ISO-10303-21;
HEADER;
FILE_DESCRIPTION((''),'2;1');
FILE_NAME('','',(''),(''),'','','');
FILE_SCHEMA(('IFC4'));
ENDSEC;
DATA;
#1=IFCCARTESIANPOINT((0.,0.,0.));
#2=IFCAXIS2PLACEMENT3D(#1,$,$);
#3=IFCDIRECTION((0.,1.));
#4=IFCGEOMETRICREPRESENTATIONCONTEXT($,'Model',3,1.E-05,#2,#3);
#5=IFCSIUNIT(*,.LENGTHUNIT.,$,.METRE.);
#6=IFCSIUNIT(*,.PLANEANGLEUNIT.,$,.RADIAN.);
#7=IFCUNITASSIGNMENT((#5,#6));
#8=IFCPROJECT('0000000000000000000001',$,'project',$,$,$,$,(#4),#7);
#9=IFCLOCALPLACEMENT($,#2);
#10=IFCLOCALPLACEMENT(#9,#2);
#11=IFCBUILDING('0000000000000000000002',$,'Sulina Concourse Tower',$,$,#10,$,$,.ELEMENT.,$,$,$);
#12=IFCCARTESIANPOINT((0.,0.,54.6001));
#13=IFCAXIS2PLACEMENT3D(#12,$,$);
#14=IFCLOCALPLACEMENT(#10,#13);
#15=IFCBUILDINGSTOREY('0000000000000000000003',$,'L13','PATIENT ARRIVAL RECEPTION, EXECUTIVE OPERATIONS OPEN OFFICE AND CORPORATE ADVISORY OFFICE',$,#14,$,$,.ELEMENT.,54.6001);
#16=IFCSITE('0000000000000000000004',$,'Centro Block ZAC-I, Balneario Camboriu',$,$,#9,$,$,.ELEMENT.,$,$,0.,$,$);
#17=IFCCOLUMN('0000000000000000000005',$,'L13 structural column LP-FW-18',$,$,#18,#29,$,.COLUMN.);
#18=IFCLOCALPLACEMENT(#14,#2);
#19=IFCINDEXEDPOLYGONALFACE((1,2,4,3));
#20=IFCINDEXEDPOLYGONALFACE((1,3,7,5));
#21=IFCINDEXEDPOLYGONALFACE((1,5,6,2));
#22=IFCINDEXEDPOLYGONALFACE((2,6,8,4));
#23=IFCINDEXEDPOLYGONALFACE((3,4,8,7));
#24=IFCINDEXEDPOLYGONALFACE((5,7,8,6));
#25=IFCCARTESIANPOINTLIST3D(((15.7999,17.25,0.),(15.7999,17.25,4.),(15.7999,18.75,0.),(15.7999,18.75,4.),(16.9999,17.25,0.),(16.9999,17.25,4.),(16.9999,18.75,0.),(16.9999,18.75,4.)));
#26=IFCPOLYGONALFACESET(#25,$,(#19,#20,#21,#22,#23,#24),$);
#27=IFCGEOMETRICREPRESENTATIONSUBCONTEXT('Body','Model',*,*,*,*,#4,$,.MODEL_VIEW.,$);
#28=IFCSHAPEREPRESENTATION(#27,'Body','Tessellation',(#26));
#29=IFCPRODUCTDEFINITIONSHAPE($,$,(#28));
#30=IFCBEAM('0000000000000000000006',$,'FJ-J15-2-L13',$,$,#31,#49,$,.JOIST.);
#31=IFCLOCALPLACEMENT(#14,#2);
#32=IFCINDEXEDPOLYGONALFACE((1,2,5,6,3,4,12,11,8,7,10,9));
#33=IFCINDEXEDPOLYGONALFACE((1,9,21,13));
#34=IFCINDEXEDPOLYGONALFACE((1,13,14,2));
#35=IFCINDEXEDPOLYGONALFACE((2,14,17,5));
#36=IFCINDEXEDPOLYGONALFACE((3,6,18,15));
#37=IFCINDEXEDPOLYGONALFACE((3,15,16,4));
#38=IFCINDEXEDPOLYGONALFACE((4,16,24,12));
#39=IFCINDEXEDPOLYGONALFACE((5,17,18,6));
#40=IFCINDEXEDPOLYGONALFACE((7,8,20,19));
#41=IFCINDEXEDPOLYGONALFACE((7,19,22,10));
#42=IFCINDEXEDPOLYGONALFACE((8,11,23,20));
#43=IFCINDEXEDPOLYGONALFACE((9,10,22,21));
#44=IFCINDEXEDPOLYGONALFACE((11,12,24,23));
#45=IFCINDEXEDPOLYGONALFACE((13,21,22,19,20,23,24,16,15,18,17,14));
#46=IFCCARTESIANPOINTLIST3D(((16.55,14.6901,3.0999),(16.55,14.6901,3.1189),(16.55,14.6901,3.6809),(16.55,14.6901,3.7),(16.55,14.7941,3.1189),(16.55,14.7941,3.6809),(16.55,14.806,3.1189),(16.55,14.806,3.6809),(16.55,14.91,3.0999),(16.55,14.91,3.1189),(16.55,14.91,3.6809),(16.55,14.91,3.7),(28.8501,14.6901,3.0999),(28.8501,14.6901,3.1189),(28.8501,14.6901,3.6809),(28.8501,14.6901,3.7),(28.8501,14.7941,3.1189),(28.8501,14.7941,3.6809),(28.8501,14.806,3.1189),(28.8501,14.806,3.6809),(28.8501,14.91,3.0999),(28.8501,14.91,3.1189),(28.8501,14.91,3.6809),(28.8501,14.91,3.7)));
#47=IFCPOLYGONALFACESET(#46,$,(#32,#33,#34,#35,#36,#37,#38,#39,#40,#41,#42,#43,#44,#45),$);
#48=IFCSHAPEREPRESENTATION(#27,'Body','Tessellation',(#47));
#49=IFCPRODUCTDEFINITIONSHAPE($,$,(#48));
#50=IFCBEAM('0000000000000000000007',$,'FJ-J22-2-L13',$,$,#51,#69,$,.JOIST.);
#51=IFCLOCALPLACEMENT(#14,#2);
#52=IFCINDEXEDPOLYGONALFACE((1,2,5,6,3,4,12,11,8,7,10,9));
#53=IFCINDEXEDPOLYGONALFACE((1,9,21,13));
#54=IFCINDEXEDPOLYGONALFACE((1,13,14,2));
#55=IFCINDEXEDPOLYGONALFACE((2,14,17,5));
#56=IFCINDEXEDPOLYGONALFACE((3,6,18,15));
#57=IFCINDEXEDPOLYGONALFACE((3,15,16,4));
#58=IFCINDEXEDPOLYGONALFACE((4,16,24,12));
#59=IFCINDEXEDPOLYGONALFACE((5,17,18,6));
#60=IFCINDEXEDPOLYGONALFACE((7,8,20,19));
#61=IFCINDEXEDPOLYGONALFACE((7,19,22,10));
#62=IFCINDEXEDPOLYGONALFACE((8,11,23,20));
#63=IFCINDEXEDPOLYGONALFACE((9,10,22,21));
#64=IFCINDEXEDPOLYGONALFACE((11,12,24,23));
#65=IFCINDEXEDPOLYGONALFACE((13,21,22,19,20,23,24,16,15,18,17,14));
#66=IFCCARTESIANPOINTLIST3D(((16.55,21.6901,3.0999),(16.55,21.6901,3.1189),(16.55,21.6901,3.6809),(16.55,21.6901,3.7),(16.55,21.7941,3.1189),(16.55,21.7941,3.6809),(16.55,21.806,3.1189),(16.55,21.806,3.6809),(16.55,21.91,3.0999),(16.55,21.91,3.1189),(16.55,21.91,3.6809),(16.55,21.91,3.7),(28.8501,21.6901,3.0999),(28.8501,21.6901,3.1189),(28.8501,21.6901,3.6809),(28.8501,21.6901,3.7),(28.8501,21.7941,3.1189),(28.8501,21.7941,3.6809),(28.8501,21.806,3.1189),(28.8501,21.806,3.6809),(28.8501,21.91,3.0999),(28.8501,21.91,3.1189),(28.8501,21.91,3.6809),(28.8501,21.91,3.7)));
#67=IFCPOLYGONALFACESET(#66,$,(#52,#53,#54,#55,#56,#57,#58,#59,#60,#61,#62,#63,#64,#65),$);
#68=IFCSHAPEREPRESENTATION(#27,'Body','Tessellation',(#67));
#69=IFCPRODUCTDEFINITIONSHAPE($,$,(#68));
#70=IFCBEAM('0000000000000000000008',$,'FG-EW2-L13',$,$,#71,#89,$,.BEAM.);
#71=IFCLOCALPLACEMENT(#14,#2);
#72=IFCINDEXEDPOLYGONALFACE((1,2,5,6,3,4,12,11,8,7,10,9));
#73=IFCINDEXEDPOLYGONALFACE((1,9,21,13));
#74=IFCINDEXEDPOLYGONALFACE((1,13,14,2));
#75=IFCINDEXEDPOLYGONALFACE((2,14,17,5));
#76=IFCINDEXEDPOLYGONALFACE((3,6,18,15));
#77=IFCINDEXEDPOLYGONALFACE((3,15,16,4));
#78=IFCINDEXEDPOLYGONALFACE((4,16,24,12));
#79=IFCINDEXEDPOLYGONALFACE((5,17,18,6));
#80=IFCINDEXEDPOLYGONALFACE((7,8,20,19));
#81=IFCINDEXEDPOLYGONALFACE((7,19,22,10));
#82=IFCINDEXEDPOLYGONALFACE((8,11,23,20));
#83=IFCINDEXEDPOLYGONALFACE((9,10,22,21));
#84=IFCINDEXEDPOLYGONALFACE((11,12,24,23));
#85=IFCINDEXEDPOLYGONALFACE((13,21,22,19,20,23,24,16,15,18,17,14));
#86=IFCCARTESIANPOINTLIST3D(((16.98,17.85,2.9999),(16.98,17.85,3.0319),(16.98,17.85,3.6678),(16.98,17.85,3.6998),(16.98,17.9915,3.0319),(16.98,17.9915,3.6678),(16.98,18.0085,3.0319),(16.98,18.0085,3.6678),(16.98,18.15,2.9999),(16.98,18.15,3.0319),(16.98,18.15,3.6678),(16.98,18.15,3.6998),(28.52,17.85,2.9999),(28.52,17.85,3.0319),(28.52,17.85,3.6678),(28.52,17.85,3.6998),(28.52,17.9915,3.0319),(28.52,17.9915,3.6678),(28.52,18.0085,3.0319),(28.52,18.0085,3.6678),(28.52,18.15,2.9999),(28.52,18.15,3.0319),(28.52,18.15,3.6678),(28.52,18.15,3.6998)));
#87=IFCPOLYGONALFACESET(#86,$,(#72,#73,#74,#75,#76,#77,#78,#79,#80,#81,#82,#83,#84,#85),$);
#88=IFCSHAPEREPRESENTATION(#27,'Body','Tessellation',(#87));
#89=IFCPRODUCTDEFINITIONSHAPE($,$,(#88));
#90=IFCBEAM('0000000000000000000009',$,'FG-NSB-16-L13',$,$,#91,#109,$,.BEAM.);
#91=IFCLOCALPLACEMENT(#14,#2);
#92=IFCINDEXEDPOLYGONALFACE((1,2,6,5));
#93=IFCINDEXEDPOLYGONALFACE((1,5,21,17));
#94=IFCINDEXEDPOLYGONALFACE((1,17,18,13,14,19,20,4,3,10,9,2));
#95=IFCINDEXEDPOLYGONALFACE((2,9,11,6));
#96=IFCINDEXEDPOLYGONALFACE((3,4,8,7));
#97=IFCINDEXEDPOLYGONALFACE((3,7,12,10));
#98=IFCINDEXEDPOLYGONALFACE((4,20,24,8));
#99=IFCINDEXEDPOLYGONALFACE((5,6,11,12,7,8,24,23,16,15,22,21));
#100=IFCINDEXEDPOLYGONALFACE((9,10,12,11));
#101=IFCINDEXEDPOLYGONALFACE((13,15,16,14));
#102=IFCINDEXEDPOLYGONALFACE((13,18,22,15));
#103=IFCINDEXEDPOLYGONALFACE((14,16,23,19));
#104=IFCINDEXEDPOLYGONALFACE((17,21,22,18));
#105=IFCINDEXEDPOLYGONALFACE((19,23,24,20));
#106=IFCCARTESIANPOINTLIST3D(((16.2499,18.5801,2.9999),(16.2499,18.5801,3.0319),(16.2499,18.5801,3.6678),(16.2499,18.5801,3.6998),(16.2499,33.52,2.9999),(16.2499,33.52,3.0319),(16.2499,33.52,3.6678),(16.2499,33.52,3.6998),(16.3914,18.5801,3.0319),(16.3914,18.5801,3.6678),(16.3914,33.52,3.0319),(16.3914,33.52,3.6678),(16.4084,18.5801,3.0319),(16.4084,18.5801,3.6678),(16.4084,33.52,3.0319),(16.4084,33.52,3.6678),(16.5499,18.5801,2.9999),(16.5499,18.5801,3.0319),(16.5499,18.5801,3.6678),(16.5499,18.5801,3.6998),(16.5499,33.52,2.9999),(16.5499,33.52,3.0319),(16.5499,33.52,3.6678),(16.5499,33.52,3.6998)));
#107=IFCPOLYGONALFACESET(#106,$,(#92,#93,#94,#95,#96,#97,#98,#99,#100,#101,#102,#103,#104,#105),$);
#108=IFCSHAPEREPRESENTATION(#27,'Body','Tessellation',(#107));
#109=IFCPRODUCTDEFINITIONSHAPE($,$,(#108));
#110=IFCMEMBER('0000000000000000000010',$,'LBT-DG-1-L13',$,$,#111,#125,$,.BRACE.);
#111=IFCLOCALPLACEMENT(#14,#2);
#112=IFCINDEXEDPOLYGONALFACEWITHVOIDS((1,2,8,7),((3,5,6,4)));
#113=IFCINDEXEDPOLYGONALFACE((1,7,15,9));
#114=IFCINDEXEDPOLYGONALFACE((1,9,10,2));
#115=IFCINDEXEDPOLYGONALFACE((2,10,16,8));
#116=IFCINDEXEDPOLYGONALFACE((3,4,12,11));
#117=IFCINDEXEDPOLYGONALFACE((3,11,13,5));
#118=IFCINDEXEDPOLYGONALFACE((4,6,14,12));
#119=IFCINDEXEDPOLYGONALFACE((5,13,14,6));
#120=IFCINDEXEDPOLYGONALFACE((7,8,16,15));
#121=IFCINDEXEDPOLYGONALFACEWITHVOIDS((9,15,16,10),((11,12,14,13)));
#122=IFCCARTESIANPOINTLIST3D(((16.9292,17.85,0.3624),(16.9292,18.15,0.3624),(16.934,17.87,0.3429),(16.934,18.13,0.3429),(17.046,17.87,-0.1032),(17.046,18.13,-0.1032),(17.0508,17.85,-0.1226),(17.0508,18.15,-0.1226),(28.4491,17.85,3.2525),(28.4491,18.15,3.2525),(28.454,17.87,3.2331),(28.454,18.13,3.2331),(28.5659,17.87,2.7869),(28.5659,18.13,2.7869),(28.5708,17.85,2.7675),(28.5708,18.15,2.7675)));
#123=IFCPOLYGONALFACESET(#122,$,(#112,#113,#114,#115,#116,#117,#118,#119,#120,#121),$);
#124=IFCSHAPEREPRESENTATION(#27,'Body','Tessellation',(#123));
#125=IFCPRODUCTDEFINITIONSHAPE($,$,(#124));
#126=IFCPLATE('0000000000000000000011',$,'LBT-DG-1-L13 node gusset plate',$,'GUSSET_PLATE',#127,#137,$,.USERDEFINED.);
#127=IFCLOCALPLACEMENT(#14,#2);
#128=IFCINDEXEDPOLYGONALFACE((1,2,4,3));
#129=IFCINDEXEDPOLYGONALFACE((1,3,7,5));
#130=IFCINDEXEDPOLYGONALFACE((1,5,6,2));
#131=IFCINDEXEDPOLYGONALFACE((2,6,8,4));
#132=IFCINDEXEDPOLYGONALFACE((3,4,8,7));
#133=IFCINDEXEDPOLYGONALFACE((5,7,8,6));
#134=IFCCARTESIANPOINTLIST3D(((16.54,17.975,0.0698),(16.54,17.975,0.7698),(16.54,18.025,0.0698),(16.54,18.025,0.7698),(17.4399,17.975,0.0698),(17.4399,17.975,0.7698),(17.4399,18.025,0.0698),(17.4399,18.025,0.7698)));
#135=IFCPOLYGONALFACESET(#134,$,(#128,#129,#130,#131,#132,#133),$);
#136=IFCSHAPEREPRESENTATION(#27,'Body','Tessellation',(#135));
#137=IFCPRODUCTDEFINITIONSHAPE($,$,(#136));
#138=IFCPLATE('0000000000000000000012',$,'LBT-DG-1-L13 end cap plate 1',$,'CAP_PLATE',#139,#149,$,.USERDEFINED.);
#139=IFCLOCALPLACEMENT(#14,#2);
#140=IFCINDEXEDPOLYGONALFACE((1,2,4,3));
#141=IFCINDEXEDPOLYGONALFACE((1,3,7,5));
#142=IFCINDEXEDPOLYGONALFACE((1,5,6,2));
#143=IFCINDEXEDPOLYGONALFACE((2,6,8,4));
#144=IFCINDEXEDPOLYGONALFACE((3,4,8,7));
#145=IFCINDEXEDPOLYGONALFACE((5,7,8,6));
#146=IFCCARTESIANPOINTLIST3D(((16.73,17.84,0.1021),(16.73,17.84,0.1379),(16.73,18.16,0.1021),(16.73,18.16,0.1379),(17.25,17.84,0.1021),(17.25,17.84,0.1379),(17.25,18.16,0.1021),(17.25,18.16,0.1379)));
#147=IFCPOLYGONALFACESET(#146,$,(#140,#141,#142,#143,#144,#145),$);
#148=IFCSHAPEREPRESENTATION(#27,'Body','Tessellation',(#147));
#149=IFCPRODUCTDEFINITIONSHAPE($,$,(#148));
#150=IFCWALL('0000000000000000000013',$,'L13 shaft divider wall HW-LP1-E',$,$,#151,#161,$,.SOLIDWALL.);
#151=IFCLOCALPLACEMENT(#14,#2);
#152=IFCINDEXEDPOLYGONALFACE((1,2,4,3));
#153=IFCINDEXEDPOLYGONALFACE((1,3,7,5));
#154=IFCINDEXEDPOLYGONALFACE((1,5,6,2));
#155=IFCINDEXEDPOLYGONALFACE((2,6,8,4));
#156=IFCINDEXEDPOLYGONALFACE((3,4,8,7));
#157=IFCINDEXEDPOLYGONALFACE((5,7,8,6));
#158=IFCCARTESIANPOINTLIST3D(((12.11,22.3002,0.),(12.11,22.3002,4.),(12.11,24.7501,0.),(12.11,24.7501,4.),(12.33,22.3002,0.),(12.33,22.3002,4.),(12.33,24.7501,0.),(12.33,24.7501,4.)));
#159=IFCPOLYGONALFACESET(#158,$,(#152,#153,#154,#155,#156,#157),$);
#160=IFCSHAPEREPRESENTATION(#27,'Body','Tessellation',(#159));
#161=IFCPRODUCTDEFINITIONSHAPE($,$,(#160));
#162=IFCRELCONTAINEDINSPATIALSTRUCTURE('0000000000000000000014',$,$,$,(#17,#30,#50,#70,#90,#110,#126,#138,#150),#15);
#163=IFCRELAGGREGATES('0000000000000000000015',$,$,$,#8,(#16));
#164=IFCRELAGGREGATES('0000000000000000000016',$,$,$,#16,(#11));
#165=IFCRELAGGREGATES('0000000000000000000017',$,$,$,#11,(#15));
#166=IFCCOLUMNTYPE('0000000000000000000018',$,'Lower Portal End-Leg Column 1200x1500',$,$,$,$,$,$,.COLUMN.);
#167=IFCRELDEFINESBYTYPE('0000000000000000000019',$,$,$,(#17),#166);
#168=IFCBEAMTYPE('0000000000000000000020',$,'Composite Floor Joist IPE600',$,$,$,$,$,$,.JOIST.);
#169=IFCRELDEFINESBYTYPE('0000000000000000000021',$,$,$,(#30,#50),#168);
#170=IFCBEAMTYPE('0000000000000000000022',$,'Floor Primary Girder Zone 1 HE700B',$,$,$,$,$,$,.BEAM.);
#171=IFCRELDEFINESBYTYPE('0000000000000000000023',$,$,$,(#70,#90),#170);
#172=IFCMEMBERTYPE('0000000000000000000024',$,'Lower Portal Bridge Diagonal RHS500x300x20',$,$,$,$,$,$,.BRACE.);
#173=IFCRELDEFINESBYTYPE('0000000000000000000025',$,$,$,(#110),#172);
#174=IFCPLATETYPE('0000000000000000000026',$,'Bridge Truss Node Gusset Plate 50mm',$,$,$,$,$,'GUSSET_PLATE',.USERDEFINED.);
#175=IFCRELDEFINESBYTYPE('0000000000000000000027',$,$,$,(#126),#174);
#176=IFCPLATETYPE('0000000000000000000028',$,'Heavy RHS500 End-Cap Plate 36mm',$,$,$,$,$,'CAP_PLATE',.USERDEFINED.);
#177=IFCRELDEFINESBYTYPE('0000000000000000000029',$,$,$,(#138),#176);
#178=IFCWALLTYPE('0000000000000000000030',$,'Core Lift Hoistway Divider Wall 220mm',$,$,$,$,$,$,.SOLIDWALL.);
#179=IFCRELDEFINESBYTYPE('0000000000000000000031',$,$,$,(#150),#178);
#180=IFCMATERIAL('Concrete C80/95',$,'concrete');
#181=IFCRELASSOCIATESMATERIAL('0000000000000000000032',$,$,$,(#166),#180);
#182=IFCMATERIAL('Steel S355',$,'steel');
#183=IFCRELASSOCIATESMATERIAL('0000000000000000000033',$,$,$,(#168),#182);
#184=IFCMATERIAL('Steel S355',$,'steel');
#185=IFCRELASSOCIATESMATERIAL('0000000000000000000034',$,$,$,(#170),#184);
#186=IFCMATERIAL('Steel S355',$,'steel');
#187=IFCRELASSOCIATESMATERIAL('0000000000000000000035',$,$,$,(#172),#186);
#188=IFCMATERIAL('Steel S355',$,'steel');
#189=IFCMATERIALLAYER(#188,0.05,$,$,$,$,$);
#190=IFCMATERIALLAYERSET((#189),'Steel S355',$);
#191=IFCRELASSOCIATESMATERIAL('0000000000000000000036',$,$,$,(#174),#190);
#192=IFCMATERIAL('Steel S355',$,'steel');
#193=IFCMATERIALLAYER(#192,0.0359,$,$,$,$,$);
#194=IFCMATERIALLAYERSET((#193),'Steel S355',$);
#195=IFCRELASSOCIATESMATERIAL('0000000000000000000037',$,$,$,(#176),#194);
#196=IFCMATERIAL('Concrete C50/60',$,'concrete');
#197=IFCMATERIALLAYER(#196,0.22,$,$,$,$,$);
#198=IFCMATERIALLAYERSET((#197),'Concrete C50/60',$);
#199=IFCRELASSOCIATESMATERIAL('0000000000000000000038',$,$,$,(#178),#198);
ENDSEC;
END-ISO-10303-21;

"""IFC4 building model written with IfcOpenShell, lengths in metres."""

from ifc_helpers import new_model, si_unit, direction, frame, frame_2d, origin, origin_2d, place, context, subcontext, project, spatial, rectangle, hollow_rectangle, i_section, extrude, material, layer, layer_set, material_profile, profile_set, type_object, element, save


model = new_model("IFC4")

# Units and contexts
model_context = context("Model", 3, precision=1e-05, world=origin(), true_north=direction((0.0, 1.0)))
body_context = subcontext(model_context, "Body", "Model", "MODEL_VIEW")
ifc_project = project(units=[si_unit("LENGTHUNIT", "METRE"), si_unit("PLANEANGLEUNIT", "RADIAN")], contexts=[model_context])

# Site, building, storey
site_placement = place(None, origin())
site = spatial("IfcSite", under=ifc_project, at=site_placement, Name="Centro Block ZAC-I, Balneario Camboriu", CompositionType="ELEMENT", RefElevation=0.0)
building_placement = place(site_placement, origin())
building = spatial("IfcBuilding", under=site, at=building_placement, Name="Sulina Concourse Tower", CompositionType="ELEMENT")
storey_placement = place(building_placement, frame((0.0, 0.0, 54.6001)))
storey = spatial("IfcBuildingStorey", under=building, at=storey_placement, Name="L13", Description="PATIENT ARRIVAL RECEPTION, EXECUTIVE OPERATIONS OPEN OFFICE AND CORPORATE ADVISORY OFFICE", CompositionType="ELEMENT", Elevation=54.6001)

# Column
ifc_material_1 = material(Name="Concrete C80/95", Category="concrete")
ifc_material_profile_1 = material_profile(ifc_material_1, rectangle(XDim=1.2, YDim=1.5, at=origin_2d()), Name="RC 1200x1500")
ifc_profile_set_1 = profile_set([ifc_material_profile_1], Name="Concrete C80/95")
column_type = type_object("IfcColumnType", Name="Lower Portal End-Leg Column 1200x1500", PredefinedType="COLUMN", material=ifc_profile_set_1)
column_placement = place(storey_placement, frame((16.3999, 18.0, 0.0), z_axis=(0.0, 0.0, 1.0), x_axis=(1.0, 0.0, 0.0)))
element("IfcColumn", 1, at=column_placement, inside=storey, type_object=column_type, Name="L13 structural column LP-FW-18", PredefinedType="COLUMN", context=body_context, shape_type="SweptSolid", body=[
    extrude(rectangle(XDim=1.2, YDim=1.5, at=origin_2d()), origin(), (0.0, 0.0, 1.0), 4.0),
])

# Beams
ifc_material_2 = material(Name="Steel S355", Category="steel")
ifc_material_profile_2 = material_profile(ifc_material_2, i_section(OverallWidth=0.22, OverallDepth=0.6001, WebThickness=0.012, FlangeThickness=0.019, at=origin_2d()), Name="IPE 600")
ifc_profile_set_2 = profile_set([ifc_material_profile_2], Name="Steel S355")
beam_type_1 = type_object("IfcBeamType", Name="Composite Floor Joist IPE600", PredefinedType="JOIST", material=ifc_profile_set_2)
for number, where, z_axis, x_axis, name in (
    (2, (16.55, 14.8, 3.3999), (1.0, 0.0, 0.0), (0.0, 1.0, 0.0), "FJ-J15-2-L13"),
    (3, (16.55, 21.8, 3.3999), (1.0, 0.0, 0.0), (0.0, 1.0, 0.0), "FJ-J22-2-L13"),
):
    element("IfcBeam", number, at=place(storey_placement, frame(where, z_axis=z_axis, x_axis=x_axis)), inside=storey, type_object=beam_type_1, Name=name, PredefinedType="JOIST", context=body_context, shape_type="SweptSolid", body=[
        extrude(i_section(OverallWidth=0.22, OverallDepth=0.6001, WebThickness=0.012, FlangeThickness=0.019, at=origin_2d()), origin(), (0.0, 0.0, 1.0), 12.3),
    ])
ifc_material_3 = material(Name="Steel S355", Category="steel")
ifc_material_profile_3 = material_profile(ifc_material_3, i_section(OverallWidth=0.3, OverallDepth=0.7, WebThickness=0.0171, FlangeThickness=0.032, at=origin_2d()), Name="HE 700 B")
ifc_profile_set_3 = profile_set([ifc_material_profile_3], Name="Steel S355")
beam_type_2 = type_object("IfcBeamType", Name="Floor Primary Girder Zone 1 HE700B", PredefinedType="BEAM", material=ifc_profile_set_3)
beam_1_placement = place(storey_placement, frame((16.98, 18.0, 3.3499), z_axis=(1.0, 0.0, 0.0), x_axis=(0.0, 1.0, 0.0)))
element("IfcBeam", 4, at=beam_1_placement, inside=storey, type_object=beam_type_2, Name="FG-EW2-L13", PredefinedType="BEAM", context=body_context, shape_type="SweptSolid", body=[
    extrude(i_section(OverallWidth=0.3, OverallDepth=0.7, WebThickness=0.0171, FlangeThickness=0.032, at=origin_2d()), origin(), (0.0, 0.0, 1.0), 11.54),
])
beam_2_placement = place(storey_placement, frame((16.3999, 18.5801, 3.3499), z_axis=(0.0, 1.0, 0.0), x_axis=(-1.0, 0.0, 0.0)))
element("IfcBeam", 5, at=beam_2_placement, inside=storey, type_object=beam_type_2, Name="FG-NSB-16-L13", PredefinedType="BEAM", context=body_context, shape_type="SweptSolid", body=[
    extrude(i_section(OverallWidth=0.3, OverallDepth=0.7, WebThickness=0.0171, FlangeThickness=0.032, at=origin_2d()), origin(), (0.0, 0.0, 1.0), 14.9399),
])

# Member
ifc_material_4 = material(Name="Steel S355", Category="steel")
ifc_material_profile_4 = material_profile(ifc_material_4, hollow_rectangle(XDim=0.3, YDim=0.5, WallThickness=0.02, at=origin_2d()), Name="RHS 500x300x20")
ifc_profile_set_4 = profile_set([ifc_material_profile_4], Name="Steel S355")
member_type = type_object("IfcMemberType", Name="Lower Portal Bridge Diagonal RHS500x300x20", PredefinedType="BRACE", material=ifc_profile_set_4)
member_placement = place(storey_placement, frame((16.99, 18.0, 0.1199), z_axis=(0.969941, 0.0, 0.243338), x_axis=(0.0, 1.0, 0.0)))
element("IfcMember", 6, at=member_placement, inside=storey, type_object=member_type, Name="LBT-DG-1-L13", PredefinedType="BRACE", context=body_context, shape_type="SweptSolid", body=[
    extrude(hollow_rectangle(XDim=0.3, YDim=0.5, WallThickness=0.02, at=origin_2d()), origin(), (0.0, 0.0, 1.0), 11.877),
])

# Plates
ifc_material_5 = material(Name="Steel S355", Category="steel")
ifc_layer_1 = layer(ifc_material_5, 0.05)
ifc_layer_set_1 = layer_set([ifc_layer_1], Name="Steel S355")
plate_type_1 = type_object("IfcPlateType", Name="Bridge Truss Node Gusset Plate 50mm", ElementType="GUSSET_PLATE", PredefinedType="USERDEFINED", material=ifc_layer_set_1)
plate_1_placement = place(storey_placement, frame((16.99, 18.0, 0.0698), z_axis=(0.0, 0.0, 1.0), x_axis=(1.0, 0.0, 0.0)))
element("IfcPlate", 7, at=plate_1_placement, inside=storey, type_object=plate_type_1, Name="LBT-DG-1-L13 node gusset plate", ObjectType="GUSSET_PLATE", PredefinedType="USERDEFINED", context=body_context, shape_type="SweptSolid", body=[
    extrude(rectangle(XDim=0.8999, YDim=0.05, at=origin_2d()), origin(), (0.0, 0.0, 1.0), 0.7),
])
ifc_material_6 = material(Name="Steel S355", Category="steel")
ifc_layer_2 = layer(ifc_material_6, 0.0359)
ifc_layer_set_2 = layer_set([ifc_layer_2], Name="Steel S355")
plate_type_2 = type_object("IfcPlateType", Name="Heavy RHS500 End-Cap Plate 36mm", ElementType="CAP_PLATE", PredefinedType="USERDEFINED", material=ifc_layer_set_2)
plate_2_placement = place(storey_placement, frame((16.99, 18.0, 0.1021), z_axis=(0.0, 0.0, 1.0), x_axis=(1.0, 0.0, 0.0)))
element("IfcPlate", 8, at=plate_2_placement, inside=storey, type_object=plate_type_2, Name="LBT-DG-1-L13 end cap plate 1", ObjectType="CAP_PLATE", PredefinedType="USERDEFINED", context=body_context, shape_type="SweptSolid", body=[
    extrude(rectangle(XDim=0.52, YDim=0.3201, at=origin_2d()), origin(), (0.0, 0.0, 1.0), 0.0359),
])

# Wall
ifc_material_7 = material(Name="Concrete C50/60", Category="concrete")
ifc_layer_3 = layer(ifc_material_7, 0.22)
ifc_layer_set_3 = layer_set([ifc_layer_3], Name="Concrete C50/60")
wall_type_1 = type_object("IfcWallType", Name="Core Lift Hoistway Divider Wall 220mm", PredefinedType="SOLIDWALL", material=ifc_layer_set_3)
wall_1_placement = place(storey_placement, frame((12.22, 22.3, 0.0), z_axis=(0.0, 0.0, 1.0), x_axis=(0.0, 1.0, 0.0)))
element("IfcWall", 9, at=wall_1_placement, inside=storey, type_object=wall_type_1, Name="L13 shaft divider wall HW-LP1-E", PredefinedType="SOLIDWALL", context=body_context, shape_type="SweptSolid", body=[
    extrude(rectangle(XDim=2.45, YDim=0.22, at=frame_2d((1.2251, 0.0))), origin(), (0.0, 0.0, 1.0), 4.0),
])

save(model, "model.ifc")
